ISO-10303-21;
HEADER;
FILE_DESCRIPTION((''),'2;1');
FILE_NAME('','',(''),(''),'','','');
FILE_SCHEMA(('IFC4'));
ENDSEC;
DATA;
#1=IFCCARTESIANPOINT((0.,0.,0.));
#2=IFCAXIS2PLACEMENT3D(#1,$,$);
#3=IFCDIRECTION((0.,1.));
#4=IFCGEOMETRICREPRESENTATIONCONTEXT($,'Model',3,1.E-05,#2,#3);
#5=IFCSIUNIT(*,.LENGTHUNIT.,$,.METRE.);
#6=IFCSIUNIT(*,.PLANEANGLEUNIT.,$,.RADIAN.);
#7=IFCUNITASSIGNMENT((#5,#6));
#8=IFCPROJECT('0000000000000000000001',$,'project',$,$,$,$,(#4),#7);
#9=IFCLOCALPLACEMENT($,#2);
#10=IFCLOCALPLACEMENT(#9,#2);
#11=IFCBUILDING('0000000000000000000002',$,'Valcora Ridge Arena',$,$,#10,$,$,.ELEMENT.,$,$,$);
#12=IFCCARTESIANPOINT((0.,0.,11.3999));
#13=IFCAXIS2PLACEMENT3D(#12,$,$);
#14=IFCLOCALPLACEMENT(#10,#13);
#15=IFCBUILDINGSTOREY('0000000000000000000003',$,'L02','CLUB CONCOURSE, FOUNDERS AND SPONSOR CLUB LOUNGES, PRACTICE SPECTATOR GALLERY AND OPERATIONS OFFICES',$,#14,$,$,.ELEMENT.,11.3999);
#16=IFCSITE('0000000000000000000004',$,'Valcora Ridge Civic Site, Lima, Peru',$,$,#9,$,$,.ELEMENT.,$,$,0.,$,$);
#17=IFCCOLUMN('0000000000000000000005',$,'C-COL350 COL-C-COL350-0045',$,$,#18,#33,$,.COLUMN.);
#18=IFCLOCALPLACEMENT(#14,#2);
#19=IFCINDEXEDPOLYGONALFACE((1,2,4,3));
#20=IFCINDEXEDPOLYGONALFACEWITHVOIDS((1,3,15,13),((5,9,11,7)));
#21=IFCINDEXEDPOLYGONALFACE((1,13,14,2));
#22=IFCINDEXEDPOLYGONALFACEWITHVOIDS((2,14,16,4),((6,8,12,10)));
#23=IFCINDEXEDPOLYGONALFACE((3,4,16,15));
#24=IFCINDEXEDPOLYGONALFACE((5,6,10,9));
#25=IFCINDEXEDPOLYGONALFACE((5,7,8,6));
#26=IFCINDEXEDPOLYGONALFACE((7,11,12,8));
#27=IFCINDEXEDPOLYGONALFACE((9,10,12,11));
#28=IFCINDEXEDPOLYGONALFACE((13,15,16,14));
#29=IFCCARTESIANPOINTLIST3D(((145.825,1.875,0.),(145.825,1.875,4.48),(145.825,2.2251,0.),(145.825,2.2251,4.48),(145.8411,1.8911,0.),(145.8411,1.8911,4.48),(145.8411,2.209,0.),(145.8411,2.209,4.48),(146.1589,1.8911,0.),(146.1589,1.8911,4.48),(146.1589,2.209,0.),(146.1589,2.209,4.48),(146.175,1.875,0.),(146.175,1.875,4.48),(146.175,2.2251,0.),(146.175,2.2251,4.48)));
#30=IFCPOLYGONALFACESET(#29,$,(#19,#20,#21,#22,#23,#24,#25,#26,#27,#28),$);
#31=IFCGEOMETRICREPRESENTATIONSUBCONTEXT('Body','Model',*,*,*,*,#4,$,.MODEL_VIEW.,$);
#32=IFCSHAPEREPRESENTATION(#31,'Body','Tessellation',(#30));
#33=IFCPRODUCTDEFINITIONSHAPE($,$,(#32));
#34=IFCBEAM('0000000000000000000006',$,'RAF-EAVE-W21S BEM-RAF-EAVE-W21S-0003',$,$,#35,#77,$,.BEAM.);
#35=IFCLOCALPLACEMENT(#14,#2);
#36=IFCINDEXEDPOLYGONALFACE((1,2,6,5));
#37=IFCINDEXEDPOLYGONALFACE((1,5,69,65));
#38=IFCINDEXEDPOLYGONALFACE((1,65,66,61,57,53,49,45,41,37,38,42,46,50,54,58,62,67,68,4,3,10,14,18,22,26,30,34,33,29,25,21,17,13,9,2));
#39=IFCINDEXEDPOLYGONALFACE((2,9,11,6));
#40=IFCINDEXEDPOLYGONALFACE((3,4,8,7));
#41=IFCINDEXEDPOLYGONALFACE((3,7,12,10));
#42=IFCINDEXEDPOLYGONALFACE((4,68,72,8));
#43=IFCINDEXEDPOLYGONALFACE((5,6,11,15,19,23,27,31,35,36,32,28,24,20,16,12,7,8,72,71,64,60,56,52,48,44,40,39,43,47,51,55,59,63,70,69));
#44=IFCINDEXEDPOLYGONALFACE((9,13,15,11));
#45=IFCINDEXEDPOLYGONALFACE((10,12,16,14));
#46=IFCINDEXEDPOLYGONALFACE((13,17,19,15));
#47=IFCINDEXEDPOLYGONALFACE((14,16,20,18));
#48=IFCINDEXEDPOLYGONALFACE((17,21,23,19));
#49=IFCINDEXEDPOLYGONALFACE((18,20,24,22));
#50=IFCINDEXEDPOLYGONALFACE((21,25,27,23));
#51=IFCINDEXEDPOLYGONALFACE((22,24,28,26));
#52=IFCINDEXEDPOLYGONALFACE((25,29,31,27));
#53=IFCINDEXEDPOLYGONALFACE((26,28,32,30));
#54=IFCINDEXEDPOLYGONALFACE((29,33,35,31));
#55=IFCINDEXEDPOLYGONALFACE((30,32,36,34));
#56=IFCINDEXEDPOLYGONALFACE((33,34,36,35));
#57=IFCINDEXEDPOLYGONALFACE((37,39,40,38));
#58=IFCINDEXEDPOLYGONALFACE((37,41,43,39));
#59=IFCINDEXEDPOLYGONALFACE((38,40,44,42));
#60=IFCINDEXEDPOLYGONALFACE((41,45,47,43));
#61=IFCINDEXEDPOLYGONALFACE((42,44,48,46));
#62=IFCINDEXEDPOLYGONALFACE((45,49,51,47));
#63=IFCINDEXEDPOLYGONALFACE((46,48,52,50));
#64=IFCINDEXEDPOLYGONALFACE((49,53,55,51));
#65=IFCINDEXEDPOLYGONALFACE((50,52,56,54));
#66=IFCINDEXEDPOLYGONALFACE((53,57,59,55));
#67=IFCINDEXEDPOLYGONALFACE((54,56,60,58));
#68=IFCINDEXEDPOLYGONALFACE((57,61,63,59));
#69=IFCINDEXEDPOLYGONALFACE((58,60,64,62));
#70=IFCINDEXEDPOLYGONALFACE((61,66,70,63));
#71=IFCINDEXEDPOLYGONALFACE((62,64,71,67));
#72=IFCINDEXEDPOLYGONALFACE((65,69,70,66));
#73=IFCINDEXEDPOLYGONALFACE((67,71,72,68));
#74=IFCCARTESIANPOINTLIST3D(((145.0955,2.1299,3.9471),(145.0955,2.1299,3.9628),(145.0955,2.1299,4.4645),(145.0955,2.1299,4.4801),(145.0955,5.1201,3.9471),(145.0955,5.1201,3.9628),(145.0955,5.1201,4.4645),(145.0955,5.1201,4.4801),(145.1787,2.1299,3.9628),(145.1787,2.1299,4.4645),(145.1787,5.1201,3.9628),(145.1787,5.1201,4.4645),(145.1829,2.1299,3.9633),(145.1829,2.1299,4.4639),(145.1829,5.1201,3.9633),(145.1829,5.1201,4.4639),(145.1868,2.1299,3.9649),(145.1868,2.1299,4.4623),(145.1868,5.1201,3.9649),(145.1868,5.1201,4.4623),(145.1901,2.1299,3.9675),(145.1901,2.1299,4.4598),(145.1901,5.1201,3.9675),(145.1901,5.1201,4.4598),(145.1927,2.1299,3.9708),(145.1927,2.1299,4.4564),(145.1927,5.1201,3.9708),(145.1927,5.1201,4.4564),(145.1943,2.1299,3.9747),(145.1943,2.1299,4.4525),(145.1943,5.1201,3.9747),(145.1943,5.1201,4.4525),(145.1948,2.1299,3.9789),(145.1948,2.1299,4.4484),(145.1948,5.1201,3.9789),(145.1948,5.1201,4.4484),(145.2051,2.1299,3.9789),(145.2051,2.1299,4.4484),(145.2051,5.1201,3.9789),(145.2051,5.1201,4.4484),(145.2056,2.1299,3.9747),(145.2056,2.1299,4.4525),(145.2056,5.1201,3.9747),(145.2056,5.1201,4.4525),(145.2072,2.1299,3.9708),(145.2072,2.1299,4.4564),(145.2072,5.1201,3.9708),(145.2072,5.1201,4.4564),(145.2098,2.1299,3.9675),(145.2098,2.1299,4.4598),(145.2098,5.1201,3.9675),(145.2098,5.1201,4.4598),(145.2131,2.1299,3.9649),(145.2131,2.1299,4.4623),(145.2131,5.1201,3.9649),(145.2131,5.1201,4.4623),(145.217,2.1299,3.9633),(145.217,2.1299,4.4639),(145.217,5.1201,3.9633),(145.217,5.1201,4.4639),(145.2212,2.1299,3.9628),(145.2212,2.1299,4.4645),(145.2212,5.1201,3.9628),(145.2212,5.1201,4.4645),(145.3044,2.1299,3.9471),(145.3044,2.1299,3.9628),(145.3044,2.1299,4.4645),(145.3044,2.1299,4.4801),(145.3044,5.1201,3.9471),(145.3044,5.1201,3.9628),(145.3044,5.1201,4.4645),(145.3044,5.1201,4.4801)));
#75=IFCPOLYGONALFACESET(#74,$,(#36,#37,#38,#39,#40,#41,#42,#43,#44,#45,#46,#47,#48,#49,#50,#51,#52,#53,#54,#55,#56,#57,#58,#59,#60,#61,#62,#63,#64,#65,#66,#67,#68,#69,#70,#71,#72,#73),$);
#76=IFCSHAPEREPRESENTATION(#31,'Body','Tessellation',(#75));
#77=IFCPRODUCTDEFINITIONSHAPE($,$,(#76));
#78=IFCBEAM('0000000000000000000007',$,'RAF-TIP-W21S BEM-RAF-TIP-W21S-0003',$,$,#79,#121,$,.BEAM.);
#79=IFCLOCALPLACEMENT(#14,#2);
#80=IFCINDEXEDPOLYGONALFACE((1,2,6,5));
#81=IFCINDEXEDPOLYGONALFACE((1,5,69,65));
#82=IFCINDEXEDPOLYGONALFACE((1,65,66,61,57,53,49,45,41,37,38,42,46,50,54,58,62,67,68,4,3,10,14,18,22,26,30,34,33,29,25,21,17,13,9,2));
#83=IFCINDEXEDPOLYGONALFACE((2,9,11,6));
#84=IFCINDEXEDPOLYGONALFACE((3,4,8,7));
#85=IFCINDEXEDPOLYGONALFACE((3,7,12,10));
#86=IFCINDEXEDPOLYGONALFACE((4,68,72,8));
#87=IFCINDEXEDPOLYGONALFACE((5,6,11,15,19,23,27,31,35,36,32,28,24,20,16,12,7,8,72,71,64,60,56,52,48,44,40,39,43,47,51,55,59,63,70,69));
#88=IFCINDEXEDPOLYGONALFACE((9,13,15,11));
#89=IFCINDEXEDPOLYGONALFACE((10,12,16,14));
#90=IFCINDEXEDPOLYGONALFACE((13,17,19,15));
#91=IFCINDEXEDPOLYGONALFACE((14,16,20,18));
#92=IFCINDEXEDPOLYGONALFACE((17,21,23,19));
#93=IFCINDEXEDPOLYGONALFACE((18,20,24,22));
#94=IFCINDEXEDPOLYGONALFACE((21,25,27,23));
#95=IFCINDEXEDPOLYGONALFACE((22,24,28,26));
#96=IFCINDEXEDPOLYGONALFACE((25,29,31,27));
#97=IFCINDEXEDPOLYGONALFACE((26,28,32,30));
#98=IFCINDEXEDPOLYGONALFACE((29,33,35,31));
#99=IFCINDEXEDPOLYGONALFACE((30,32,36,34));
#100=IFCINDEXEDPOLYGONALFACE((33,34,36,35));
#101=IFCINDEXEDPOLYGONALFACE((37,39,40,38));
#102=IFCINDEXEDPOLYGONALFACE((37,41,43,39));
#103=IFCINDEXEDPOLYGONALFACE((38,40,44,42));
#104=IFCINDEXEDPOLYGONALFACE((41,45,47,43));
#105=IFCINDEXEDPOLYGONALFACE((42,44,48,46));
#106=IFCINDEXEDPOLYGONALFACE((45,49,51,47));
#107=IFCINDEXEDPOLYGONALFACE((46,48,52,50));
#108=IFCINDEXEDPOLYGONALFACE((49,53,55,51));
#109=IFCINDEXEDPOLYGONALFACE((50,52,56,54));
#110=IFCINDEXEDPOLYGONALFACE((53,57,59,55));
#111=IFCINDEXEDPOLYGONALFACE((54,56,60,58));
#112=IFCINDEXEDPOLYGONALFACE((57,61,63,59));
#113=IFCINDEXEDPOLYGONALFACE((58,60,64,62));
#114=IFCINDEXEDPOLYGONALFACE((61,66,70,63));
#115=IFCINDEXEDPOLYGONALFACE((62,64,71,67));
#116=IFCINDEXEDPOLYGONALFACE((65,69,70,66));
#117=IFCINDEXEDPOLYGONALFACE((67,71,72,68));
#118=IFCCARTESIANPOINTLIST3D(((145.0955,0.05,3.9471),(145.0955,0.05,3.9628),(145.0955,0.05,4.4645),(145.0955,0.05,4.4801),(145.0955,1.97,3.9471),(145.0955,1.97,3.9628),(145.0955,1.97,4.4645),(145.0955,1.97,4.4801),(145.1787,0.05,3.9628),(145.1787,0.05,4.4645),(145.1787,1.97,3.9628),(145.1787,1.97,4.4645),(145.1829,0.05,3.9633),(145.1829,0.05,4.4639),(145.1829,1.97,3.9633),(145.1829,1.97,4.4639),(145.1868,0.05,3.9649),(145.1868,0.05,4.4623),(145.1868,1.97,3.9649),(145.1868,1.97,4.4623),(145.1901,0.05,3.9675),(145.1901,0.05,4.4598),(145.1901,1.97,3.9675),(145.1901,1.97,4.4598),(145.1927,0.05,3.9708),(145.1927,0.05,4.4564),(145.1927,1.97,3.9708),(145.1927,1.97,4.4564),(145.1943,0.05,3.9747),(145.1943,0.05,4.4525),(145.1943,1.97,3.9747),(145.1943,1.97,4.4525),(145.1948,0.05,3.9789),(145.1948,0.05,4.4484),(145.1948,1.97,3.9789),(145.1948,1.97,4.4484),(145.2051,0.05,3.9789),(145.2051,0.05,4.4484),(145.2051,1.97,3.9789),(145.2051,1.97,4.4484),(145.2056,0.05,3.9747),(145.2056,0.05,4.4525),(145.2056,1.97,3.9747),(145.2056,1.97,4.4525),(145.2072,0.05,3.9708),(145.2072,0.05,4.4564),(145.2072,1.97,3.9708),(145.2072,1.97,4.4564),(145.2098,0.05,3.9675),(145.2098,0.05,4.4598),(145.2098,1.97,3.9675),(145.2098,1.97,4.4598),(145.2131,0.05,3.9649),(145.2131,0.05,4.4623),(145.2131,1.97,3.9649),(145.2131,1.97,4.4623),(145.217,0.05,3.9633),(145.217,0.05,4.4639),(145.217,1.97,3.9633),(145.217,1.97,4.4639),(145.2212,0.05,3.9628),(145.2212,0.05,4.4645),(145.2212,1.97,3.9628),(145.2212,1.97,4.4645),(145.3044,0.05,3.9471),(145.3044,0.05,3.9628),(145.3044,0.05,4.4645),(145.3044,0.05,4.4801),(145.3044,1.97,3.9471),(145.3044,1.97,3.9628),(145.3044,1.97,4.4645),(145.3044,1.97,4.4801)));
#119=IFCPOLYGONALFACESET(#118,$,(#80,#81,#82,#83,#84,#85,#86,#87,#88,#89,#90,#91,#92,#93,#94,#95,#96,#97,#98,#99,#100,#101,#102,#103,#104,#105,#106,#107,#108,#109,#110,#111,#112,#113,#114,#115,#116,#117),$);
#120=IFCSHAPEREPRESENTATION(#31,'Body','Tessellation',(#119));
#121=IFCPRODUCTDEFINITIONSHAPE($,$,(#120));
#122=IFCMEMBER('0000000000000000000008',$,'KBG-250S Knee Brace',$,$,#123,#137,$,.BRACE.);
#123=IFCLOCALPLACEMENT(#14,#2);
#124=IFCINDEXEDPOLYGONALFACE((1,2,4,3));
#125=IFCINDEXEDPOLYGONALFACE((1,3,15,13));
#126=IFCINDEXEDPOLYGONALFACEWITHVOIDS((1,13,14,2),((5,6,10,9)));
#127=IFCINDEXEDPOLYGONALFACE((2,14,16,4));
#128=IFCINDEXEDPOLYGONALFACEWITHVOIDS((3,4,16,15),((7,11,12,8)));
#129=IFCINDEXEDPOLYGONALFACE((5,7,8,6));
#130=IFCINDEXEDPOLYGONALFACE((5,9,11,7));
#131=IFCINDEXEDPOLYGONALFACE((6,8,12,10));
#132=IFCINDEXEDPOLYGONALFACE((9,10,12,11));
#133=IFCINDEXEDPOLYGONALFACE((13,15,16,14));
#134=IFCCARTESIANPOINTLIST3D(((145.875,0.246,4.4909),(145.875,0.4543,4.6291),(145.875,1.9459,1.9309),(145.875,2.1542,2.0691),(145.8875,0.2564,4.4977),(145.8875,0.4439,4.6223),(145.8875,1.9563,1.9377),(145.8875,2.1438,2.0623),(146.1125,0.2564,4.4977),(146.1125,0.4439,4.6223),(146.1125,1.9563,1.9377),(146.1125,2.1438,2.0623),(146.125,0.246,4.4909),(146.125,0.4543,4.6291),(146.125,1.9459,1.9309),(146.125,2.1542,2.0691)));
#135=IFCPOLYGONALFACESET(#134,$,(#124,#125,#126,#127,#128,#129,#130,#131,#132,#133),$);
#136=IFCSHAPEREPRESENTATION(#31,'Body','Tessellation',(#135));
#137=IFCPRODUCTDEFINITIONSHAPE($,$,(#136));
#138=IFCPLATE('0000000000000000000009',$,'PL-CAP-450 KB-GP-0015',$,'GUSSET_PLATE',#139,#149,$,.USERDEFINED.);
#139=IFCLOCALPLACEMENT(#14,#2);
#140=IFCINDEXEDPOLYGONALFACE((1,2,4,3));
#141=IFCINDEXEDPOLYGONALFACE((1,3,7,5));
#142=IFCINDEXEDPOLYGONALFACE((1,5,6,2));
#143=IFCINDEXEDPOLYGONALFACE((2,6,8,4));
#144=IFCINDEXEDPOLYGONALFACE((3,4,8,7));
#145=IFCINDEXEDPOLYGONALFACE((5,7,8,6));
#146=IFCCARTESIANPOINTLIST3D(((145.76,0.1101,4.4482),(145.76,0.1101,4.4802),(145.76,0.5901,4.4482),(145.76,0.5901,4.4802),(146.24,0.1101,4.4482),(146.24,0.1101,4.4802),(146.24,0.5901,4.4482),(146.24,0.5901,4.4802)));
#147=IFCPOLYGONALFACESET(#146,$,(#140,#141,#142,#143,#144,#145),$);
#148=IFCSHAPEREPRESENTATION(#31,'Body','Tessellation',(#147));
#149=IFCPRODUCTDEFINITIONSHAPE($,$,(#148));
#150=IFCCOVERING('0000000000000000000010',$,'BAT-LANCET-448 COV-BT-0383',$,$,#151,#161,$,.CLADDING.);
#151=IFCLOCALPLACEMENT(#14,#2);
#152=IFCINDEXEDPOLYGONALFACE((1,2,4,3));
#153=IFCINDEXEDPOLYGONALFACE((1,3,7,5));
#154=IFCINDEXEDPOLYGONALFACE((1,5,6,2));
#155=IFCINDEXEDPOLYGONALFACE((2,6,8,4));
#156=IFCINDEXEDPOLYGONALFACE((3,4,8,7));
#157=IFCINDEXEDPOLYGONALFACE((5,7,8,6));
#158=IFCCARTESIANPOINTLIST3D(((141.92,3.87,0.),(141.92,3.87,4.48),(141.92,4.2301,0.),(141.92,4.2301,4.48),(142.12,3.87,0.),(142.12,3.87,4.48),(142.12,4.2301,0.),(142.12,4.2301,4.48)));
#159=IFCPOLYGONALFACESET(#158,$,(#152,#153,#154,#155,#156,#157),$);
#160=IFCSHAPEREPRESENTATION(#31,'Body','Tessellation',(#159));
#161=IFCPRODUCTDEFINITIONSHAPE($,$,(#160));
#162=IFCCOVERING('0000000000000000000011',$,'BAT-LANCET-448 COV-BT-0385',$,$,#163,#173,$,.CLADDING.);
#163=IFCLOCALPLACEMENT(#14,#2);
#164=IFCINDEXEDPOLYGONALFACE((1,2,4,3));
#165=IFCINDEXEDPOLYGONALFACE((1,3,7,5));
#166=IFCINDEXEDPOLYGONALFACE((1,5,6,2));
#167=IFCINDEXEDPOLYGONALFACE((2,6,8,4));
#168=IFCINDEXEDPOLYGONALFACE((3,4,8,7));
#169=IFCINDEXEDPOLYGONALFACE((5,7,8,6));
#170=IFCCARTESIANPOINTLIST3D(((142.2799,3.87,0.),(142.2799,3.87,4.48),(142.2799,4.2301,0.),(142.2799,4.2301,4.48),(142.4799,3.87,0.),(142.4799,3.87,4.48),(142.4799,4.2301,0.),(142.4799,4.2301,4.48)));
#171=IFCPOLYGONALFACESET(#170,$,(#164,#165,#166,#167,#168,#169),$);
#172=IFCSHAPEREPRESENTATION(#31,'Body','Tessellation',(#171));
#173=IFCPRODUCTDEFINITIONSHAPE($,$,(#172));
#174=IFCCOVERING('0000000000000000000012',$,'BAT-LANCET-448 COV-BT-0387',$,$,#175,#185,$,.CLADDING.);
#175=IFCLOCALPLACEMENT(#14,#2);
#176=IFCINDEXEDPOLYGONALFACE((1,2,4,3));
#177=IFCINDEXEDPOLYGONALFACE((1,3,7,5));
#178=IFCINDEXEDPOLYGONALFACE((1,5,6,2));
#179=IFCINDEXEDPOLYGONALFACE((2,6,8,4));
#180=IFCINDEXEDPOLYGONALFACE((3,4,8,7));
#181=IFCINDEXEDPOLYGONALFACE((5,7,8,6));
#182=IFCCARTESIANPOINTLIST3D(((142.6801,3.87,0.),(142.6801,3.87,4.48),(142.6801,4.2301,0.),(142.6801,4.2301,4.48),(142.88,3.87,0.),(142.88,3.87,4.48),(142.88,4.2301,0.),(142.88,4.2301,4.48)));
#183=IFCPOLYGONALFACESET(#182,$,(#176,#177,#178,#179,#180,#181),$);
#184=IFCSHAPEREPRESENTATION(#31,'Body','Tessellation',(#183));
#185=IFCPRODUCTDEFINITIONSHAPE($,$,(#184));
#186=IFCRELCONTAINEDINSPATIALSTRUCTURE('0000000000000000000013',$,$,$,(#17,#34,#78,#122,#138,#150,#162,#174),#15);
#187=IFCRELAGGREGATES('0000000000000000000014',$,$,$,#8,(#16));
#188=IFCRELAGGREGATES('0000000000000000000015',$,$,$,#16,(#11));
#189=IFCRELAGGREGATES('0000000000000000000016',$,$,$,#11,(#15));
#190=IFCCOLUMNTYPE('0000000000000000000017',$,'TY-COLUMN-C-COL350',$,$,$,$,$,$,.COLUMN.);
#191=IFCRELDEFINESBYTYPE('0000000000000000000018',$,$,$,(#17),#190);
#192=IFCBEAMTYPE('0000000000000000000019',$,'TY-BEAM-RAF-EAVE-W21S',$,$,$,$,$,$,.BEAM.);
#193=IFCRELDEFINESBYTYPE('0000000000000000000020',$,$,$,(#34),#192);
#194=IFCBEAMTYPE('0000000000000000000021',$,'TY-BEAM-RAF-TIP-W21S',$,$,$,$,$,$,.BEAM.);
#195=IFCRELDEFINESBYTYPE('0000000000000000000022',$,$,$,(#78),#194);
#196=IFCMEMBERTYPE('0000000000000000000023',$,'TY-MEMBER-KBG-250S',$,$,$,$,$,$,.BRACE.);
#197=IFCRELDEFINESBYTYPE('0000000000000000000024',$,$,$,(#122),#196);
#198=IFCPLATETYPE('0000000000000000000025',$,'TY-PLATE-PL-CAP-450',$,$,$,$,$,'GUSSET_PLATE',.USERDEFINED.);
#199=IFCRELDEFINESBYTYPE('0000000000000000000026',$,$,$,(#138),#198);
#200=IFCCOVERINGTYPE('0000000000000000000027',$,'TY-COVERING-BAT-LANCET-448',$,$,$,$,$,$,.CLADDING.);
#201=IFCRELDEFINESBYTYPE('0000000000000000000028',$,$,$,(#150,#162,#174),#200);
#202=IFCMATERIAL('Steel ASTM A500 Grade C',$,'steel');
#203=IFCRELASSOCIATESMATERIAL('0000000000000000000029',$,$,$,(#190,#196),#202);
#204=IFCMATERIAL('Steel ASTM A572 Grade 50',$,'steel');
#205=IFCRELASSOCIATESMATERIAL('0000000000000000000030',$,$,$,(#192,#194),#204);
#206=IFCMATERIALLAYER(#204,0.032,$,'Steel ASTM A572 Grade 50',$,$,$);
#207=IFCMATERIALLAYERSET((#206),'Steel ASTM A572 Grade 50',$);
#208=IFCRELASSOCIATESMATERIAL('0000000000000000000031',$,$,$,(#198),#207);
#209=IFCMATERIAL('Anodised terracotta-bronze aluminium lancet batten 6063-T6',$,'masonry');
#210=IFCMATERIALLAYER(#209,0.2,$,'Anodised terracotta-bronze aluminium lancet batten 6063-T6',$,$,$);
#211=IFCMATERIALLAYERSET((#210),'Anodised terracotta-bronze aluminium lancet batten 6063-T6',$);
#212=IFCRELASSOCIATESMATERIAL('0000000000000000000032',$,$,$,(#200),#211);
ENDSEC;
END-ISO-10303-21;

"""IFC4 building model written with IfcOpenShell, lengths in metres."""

from ifc_helpers import new_model, si_unit, direction, frame, origin, origin_2d, place, context, subcontext, project, spatial, rectangle, hollow_rectangle, i_section, extrude, material, layer, layer_set, material_profile, profile_set, type_object, element, save


model = new_model("IFC4")

# Units and contexts
model_context = context("Model", 3, precision=1e-05, world=origin(), true_north=direction((0.0, 1.0)))
body_context = subcontext(model_context, "Body", "Model", "MODEL_VIEW")
ifc_project = project(units=[si_unit("LENGTHUNIT", "METRE"), si_unit("PLANEANGLEUNIT", "RADIAN")], contexts=[model_context])

# Site, building, storey
site_placement = place(None, origin())
site = spatial("IfcSite", under=ifc_project, at=site_placement, Name="Valcora Ridge Civic Site, Lima, Peru", CompositionType="ELEMENT", RefElevation=0.0)
building_placement = place(site_placement, origin())
building = spatial("IfcBuilding", under=site, at=building_placement, Name="Valcora Ridge Arena", CompositionType="ELEMENT")
storey_placement = place(building_placement, frame((0.0, 0.0, 11.3999)))
storey = spatial("IfcBuildingStorey", under=building, at=storey_placement, Name="L02", Description="CLUB CONCOURSE, FOUNDERS AND SPONSOR CLUB LOUNGES, PRACTICE SPECTATOR GALLERY AND OPERATIONS OFFICES", CompositionType="ELEMENT", Elevation=11.3999)

# Column
ifc_material_1 = material(Name="Steel ASTM A500 Grade C", Category="steel")
ifc_material_profile_1 = material_profile(ifc_material_1, hollow_rectangle(XDim=0.3501, YDim=0.3501, WallThickness=0.0161, at=origin_2d()), Name="HSS350X350X16")
ifc_profile_set_1 = profile_set([ifc_material_profile_1], Name="Steel ASTM A500 Grade C")
column_type = type_object("IfcColumnType", Name="TY-COLUMN-C-COL350", PredefinedType="COLUMN", material=ifc_profile_set_1)
column_placement = place(storey_placement, frame((146.0, 2.05, 0.0), z_axis=(0.0, 0.0, 1.0), x_axis=(1.0, 0.0, 0.0)))
element("IfcColumn", 1, at=column_placement, inside=storey, type_object=column_type, Name="C-COL350 COL-C-COL350-0045", PredefinedType="COLUMN", context=body_context, shape_type="SweptSolid", body=[
    extrude(hollow_rectangle(XDim=0.3501, YDim=0.3501, WallThickness=0.0161, at=origin_2d()), origin(), (0.0, 0.0, 1.0), 4.48),
])

# Beams
ifc_material_2 = material(Name="Steel ASTM A572 Grade 50", Category="steel")
ifc_material_profile_2 = material_profile(ifc_material_2, i_section(OverallWidth=0.209, OverallDepth=0.533, WebThickness=0.0103, FlangeThickness=0.0156, FilletRadius=0.0161, at=origin_2d()), Name="W21X62")
ifc_profile_set_2 = profile_set([ifc_material_profile_2], Name="Steel ASTM A572 Grade 50")
beam_type_1 = type_object("IfcBeamType", Name="TY-BEAM-RAF-EAVE-W21S", PredefinedType="BEAM", material=ifc_profile_set_2)
beam_1_placement = place(storey_placement, frame((145.2, 2.1299, 4.2136), z_axis=(0.0, 1.0, 0.0), x_axis=(-1.0, 0.0, 0.0)))
element("IfcBeam", 2, at=beam_1_placement, inside=storey, type_object=beam_type_1, Name="RAF-EAVE-W21S BEM-RAF-EAVE-W21S-0003", PredefinedType="BEAM", context=body_context, shape_type="SweptSolid", body=[
    extrude(i_section(OverallWidth=0.209, OverallDepth=0.533, WebThickness=0.0103, FlangeThickness=0.0156, FilletRadius=0.0161, at=origin_2d()), origin(), (0.0, 0.0, 1.0), 2.9902),
])
ifc_material_profile_3 = material_profile(ifc_material_2, i_section(OverallWidth=0.209, OverallDepth=0.533, WebThickness=0.0103, FlangeThickness=0.0156, FilletRadius=0.0161, at=origin_2d()), Name="W21X62")
ifc_profile_set_3 = profile_set([ifc_material_profile_3], Name="Steel ASTM A572 Grade 50")
beam_type_2 = type_object("IfcBeamType", Name="TY-BEAM-RAF-TIP-W21S", PredefinedType="BEAM", material=ifc_profile_set_3)
beam_2_placement = place(storey_placement, frame((145.2, 0.05, 4.2136), z_axis=(0.0, 1.0, 0.0), x_axis=(-1.0, 0.0, 0.0)))
element("IfcBeam", 3, at=beam_2_placement, inside=storey, type_object=beam_type_2, Name="RAF-TIP-W21S BEM-RAF-TIP-W21S-0003", PredefinedType="BEAM", context=body_context, shape_type="SweptSolid", body=[
    extrude(i_section(OverallWidth=0.209, OverallDepth=0.533, WebThickness=0.0103, FlangeThickness=0.0156, FilletRadius=0.0161, at=origin_2d()), origin(), (0.0, 0.0, 1.0), 1.9199),
])

# Member
ifc_material_profile_4 = material_profile(ifc_material_1, hollow_rectangle(XDim=0.25, YDim=0.25, WallThickness=0.0125, at=origin_2d()), Name="HSS250X250X12")
ifc_profile_set_4 = profile_set([ifc_material_profile_4], Name="Steel ASTM A500 Grade C")
member_type = type_object("IfcMemberType", Name="TY-MEMBER-KBG-250S", PredefinedType="BRACE", material=ifc_profile_set_4)
member_placement = place(storey_placement, frame((146.0, 2.05, 2.0), z_axis=(0.0, -0.553178, 0.833063), x_axis=(1.0, 0.0, 0.0)))
element("IfcMember", 4, at=member_placement, inside=storey, type_object=member_type, Name="KBG-250S Knee Brace", PredefinedType="BRACE", context=body_context, shape_type="SweptSolid", body=[
    extrude(hollow_rectangle(XDim=0.25, YDim=0.25, WallThickness=0.0125, at=origin_2d()), origin(), (0.0, 0.0, 1.0), 3.073),
])

# Plate
ifc_layer_1 = layer(ifc_material_2, 0.032, Name="Steel ASTM A572 Grade 50")
ifc_layer_set_1 = layer_set([ifc_layer_1], Name="Steel ASTM A572 Grade 50")
plate_type = type_object("IfcPlateType", Name="TY-PLATE-PL-CAP-450", ElementType="GUSSET_PLATE", PredefinedType="USERDEFINED", material=ifc_layer_set_1)
plate_placement = place(storey_placement, frame((146.0, 0.3501, 4.4482), z_axis=(0.0, 0.0, 1.0), x_axis=(1.0, 0.0, 0.0)))
element("IfcPlate", 5, at=plate_placement, inside=storey, type_object=plate_type, Name="PL-CAP-450 KB-GP-0015", ObjectType="GUSSET_PLATE", PredefinedType="USERDEFINED", context=body_context, shape_type="SweptSolid", body=[
    extrude(rectangle(XDim=0.48, YDim=0.48, at=origin_2d()), origin(), (0.0, 0.0, 1.0), 0.032),
])

# Coverings
ifc_material_3 = material(Name="Anodised terracotta-bronze aluminium lancet batten 6063-T6", Category="masonry")
ifc_layer_2 = layer(ifc_material_3, 0.2, Name="Anodised terracotta-bronze aluminium lancet batten 6063-T6")
ifc_layer_set_2 = layer_set([ifc_layer_2], Name="Anodised terracotta-bronze aluminium lancet batten 6063-T6")
covering_type = type_object("IfcCoveringType", Name="TY-COVERING-BAT-LANCET-448", PredefinedType="CLADDING", material=ifc_layer_set_2)
for number, where, z_axis, x_axis, name in (
    (6, (142.02, 4.05, 0.0), (0.0, 0.0, 1.0), (1.0, 0.0, 0.0), "BAT-LANCET-448 COV-BT-0383"),
    (7, (142.3799, 4.05, 0.0), (0.0, 0.0, 1.0), (1.0, 0.0, 0.0), "BAT-LANCET-448 COV-BT-0385"),
    (8, (142.78, 4.05, 0.0), (0.0, 0.0, 1.0), (1.0, 0.0, 0.0), "BAT-LANCET-448 COV-BT-0387"),
):
    element("IfcCovering", number, at=place(storey_placement, frame(where, z_axis=z_axis, x_axis=x_axis)), inside=storey, type_object=covering_type, Name=name, PredefinedType="CLADDING", context=body_context, shape_type="SweptSolid", body=[
        extrude(rectangle(XDim=0.2, YDim=0.3601, at=origin_2d()), origin(), (0.0, 0.0, 1.0), 4.48),
    ])

save(model, "model.ifc")
